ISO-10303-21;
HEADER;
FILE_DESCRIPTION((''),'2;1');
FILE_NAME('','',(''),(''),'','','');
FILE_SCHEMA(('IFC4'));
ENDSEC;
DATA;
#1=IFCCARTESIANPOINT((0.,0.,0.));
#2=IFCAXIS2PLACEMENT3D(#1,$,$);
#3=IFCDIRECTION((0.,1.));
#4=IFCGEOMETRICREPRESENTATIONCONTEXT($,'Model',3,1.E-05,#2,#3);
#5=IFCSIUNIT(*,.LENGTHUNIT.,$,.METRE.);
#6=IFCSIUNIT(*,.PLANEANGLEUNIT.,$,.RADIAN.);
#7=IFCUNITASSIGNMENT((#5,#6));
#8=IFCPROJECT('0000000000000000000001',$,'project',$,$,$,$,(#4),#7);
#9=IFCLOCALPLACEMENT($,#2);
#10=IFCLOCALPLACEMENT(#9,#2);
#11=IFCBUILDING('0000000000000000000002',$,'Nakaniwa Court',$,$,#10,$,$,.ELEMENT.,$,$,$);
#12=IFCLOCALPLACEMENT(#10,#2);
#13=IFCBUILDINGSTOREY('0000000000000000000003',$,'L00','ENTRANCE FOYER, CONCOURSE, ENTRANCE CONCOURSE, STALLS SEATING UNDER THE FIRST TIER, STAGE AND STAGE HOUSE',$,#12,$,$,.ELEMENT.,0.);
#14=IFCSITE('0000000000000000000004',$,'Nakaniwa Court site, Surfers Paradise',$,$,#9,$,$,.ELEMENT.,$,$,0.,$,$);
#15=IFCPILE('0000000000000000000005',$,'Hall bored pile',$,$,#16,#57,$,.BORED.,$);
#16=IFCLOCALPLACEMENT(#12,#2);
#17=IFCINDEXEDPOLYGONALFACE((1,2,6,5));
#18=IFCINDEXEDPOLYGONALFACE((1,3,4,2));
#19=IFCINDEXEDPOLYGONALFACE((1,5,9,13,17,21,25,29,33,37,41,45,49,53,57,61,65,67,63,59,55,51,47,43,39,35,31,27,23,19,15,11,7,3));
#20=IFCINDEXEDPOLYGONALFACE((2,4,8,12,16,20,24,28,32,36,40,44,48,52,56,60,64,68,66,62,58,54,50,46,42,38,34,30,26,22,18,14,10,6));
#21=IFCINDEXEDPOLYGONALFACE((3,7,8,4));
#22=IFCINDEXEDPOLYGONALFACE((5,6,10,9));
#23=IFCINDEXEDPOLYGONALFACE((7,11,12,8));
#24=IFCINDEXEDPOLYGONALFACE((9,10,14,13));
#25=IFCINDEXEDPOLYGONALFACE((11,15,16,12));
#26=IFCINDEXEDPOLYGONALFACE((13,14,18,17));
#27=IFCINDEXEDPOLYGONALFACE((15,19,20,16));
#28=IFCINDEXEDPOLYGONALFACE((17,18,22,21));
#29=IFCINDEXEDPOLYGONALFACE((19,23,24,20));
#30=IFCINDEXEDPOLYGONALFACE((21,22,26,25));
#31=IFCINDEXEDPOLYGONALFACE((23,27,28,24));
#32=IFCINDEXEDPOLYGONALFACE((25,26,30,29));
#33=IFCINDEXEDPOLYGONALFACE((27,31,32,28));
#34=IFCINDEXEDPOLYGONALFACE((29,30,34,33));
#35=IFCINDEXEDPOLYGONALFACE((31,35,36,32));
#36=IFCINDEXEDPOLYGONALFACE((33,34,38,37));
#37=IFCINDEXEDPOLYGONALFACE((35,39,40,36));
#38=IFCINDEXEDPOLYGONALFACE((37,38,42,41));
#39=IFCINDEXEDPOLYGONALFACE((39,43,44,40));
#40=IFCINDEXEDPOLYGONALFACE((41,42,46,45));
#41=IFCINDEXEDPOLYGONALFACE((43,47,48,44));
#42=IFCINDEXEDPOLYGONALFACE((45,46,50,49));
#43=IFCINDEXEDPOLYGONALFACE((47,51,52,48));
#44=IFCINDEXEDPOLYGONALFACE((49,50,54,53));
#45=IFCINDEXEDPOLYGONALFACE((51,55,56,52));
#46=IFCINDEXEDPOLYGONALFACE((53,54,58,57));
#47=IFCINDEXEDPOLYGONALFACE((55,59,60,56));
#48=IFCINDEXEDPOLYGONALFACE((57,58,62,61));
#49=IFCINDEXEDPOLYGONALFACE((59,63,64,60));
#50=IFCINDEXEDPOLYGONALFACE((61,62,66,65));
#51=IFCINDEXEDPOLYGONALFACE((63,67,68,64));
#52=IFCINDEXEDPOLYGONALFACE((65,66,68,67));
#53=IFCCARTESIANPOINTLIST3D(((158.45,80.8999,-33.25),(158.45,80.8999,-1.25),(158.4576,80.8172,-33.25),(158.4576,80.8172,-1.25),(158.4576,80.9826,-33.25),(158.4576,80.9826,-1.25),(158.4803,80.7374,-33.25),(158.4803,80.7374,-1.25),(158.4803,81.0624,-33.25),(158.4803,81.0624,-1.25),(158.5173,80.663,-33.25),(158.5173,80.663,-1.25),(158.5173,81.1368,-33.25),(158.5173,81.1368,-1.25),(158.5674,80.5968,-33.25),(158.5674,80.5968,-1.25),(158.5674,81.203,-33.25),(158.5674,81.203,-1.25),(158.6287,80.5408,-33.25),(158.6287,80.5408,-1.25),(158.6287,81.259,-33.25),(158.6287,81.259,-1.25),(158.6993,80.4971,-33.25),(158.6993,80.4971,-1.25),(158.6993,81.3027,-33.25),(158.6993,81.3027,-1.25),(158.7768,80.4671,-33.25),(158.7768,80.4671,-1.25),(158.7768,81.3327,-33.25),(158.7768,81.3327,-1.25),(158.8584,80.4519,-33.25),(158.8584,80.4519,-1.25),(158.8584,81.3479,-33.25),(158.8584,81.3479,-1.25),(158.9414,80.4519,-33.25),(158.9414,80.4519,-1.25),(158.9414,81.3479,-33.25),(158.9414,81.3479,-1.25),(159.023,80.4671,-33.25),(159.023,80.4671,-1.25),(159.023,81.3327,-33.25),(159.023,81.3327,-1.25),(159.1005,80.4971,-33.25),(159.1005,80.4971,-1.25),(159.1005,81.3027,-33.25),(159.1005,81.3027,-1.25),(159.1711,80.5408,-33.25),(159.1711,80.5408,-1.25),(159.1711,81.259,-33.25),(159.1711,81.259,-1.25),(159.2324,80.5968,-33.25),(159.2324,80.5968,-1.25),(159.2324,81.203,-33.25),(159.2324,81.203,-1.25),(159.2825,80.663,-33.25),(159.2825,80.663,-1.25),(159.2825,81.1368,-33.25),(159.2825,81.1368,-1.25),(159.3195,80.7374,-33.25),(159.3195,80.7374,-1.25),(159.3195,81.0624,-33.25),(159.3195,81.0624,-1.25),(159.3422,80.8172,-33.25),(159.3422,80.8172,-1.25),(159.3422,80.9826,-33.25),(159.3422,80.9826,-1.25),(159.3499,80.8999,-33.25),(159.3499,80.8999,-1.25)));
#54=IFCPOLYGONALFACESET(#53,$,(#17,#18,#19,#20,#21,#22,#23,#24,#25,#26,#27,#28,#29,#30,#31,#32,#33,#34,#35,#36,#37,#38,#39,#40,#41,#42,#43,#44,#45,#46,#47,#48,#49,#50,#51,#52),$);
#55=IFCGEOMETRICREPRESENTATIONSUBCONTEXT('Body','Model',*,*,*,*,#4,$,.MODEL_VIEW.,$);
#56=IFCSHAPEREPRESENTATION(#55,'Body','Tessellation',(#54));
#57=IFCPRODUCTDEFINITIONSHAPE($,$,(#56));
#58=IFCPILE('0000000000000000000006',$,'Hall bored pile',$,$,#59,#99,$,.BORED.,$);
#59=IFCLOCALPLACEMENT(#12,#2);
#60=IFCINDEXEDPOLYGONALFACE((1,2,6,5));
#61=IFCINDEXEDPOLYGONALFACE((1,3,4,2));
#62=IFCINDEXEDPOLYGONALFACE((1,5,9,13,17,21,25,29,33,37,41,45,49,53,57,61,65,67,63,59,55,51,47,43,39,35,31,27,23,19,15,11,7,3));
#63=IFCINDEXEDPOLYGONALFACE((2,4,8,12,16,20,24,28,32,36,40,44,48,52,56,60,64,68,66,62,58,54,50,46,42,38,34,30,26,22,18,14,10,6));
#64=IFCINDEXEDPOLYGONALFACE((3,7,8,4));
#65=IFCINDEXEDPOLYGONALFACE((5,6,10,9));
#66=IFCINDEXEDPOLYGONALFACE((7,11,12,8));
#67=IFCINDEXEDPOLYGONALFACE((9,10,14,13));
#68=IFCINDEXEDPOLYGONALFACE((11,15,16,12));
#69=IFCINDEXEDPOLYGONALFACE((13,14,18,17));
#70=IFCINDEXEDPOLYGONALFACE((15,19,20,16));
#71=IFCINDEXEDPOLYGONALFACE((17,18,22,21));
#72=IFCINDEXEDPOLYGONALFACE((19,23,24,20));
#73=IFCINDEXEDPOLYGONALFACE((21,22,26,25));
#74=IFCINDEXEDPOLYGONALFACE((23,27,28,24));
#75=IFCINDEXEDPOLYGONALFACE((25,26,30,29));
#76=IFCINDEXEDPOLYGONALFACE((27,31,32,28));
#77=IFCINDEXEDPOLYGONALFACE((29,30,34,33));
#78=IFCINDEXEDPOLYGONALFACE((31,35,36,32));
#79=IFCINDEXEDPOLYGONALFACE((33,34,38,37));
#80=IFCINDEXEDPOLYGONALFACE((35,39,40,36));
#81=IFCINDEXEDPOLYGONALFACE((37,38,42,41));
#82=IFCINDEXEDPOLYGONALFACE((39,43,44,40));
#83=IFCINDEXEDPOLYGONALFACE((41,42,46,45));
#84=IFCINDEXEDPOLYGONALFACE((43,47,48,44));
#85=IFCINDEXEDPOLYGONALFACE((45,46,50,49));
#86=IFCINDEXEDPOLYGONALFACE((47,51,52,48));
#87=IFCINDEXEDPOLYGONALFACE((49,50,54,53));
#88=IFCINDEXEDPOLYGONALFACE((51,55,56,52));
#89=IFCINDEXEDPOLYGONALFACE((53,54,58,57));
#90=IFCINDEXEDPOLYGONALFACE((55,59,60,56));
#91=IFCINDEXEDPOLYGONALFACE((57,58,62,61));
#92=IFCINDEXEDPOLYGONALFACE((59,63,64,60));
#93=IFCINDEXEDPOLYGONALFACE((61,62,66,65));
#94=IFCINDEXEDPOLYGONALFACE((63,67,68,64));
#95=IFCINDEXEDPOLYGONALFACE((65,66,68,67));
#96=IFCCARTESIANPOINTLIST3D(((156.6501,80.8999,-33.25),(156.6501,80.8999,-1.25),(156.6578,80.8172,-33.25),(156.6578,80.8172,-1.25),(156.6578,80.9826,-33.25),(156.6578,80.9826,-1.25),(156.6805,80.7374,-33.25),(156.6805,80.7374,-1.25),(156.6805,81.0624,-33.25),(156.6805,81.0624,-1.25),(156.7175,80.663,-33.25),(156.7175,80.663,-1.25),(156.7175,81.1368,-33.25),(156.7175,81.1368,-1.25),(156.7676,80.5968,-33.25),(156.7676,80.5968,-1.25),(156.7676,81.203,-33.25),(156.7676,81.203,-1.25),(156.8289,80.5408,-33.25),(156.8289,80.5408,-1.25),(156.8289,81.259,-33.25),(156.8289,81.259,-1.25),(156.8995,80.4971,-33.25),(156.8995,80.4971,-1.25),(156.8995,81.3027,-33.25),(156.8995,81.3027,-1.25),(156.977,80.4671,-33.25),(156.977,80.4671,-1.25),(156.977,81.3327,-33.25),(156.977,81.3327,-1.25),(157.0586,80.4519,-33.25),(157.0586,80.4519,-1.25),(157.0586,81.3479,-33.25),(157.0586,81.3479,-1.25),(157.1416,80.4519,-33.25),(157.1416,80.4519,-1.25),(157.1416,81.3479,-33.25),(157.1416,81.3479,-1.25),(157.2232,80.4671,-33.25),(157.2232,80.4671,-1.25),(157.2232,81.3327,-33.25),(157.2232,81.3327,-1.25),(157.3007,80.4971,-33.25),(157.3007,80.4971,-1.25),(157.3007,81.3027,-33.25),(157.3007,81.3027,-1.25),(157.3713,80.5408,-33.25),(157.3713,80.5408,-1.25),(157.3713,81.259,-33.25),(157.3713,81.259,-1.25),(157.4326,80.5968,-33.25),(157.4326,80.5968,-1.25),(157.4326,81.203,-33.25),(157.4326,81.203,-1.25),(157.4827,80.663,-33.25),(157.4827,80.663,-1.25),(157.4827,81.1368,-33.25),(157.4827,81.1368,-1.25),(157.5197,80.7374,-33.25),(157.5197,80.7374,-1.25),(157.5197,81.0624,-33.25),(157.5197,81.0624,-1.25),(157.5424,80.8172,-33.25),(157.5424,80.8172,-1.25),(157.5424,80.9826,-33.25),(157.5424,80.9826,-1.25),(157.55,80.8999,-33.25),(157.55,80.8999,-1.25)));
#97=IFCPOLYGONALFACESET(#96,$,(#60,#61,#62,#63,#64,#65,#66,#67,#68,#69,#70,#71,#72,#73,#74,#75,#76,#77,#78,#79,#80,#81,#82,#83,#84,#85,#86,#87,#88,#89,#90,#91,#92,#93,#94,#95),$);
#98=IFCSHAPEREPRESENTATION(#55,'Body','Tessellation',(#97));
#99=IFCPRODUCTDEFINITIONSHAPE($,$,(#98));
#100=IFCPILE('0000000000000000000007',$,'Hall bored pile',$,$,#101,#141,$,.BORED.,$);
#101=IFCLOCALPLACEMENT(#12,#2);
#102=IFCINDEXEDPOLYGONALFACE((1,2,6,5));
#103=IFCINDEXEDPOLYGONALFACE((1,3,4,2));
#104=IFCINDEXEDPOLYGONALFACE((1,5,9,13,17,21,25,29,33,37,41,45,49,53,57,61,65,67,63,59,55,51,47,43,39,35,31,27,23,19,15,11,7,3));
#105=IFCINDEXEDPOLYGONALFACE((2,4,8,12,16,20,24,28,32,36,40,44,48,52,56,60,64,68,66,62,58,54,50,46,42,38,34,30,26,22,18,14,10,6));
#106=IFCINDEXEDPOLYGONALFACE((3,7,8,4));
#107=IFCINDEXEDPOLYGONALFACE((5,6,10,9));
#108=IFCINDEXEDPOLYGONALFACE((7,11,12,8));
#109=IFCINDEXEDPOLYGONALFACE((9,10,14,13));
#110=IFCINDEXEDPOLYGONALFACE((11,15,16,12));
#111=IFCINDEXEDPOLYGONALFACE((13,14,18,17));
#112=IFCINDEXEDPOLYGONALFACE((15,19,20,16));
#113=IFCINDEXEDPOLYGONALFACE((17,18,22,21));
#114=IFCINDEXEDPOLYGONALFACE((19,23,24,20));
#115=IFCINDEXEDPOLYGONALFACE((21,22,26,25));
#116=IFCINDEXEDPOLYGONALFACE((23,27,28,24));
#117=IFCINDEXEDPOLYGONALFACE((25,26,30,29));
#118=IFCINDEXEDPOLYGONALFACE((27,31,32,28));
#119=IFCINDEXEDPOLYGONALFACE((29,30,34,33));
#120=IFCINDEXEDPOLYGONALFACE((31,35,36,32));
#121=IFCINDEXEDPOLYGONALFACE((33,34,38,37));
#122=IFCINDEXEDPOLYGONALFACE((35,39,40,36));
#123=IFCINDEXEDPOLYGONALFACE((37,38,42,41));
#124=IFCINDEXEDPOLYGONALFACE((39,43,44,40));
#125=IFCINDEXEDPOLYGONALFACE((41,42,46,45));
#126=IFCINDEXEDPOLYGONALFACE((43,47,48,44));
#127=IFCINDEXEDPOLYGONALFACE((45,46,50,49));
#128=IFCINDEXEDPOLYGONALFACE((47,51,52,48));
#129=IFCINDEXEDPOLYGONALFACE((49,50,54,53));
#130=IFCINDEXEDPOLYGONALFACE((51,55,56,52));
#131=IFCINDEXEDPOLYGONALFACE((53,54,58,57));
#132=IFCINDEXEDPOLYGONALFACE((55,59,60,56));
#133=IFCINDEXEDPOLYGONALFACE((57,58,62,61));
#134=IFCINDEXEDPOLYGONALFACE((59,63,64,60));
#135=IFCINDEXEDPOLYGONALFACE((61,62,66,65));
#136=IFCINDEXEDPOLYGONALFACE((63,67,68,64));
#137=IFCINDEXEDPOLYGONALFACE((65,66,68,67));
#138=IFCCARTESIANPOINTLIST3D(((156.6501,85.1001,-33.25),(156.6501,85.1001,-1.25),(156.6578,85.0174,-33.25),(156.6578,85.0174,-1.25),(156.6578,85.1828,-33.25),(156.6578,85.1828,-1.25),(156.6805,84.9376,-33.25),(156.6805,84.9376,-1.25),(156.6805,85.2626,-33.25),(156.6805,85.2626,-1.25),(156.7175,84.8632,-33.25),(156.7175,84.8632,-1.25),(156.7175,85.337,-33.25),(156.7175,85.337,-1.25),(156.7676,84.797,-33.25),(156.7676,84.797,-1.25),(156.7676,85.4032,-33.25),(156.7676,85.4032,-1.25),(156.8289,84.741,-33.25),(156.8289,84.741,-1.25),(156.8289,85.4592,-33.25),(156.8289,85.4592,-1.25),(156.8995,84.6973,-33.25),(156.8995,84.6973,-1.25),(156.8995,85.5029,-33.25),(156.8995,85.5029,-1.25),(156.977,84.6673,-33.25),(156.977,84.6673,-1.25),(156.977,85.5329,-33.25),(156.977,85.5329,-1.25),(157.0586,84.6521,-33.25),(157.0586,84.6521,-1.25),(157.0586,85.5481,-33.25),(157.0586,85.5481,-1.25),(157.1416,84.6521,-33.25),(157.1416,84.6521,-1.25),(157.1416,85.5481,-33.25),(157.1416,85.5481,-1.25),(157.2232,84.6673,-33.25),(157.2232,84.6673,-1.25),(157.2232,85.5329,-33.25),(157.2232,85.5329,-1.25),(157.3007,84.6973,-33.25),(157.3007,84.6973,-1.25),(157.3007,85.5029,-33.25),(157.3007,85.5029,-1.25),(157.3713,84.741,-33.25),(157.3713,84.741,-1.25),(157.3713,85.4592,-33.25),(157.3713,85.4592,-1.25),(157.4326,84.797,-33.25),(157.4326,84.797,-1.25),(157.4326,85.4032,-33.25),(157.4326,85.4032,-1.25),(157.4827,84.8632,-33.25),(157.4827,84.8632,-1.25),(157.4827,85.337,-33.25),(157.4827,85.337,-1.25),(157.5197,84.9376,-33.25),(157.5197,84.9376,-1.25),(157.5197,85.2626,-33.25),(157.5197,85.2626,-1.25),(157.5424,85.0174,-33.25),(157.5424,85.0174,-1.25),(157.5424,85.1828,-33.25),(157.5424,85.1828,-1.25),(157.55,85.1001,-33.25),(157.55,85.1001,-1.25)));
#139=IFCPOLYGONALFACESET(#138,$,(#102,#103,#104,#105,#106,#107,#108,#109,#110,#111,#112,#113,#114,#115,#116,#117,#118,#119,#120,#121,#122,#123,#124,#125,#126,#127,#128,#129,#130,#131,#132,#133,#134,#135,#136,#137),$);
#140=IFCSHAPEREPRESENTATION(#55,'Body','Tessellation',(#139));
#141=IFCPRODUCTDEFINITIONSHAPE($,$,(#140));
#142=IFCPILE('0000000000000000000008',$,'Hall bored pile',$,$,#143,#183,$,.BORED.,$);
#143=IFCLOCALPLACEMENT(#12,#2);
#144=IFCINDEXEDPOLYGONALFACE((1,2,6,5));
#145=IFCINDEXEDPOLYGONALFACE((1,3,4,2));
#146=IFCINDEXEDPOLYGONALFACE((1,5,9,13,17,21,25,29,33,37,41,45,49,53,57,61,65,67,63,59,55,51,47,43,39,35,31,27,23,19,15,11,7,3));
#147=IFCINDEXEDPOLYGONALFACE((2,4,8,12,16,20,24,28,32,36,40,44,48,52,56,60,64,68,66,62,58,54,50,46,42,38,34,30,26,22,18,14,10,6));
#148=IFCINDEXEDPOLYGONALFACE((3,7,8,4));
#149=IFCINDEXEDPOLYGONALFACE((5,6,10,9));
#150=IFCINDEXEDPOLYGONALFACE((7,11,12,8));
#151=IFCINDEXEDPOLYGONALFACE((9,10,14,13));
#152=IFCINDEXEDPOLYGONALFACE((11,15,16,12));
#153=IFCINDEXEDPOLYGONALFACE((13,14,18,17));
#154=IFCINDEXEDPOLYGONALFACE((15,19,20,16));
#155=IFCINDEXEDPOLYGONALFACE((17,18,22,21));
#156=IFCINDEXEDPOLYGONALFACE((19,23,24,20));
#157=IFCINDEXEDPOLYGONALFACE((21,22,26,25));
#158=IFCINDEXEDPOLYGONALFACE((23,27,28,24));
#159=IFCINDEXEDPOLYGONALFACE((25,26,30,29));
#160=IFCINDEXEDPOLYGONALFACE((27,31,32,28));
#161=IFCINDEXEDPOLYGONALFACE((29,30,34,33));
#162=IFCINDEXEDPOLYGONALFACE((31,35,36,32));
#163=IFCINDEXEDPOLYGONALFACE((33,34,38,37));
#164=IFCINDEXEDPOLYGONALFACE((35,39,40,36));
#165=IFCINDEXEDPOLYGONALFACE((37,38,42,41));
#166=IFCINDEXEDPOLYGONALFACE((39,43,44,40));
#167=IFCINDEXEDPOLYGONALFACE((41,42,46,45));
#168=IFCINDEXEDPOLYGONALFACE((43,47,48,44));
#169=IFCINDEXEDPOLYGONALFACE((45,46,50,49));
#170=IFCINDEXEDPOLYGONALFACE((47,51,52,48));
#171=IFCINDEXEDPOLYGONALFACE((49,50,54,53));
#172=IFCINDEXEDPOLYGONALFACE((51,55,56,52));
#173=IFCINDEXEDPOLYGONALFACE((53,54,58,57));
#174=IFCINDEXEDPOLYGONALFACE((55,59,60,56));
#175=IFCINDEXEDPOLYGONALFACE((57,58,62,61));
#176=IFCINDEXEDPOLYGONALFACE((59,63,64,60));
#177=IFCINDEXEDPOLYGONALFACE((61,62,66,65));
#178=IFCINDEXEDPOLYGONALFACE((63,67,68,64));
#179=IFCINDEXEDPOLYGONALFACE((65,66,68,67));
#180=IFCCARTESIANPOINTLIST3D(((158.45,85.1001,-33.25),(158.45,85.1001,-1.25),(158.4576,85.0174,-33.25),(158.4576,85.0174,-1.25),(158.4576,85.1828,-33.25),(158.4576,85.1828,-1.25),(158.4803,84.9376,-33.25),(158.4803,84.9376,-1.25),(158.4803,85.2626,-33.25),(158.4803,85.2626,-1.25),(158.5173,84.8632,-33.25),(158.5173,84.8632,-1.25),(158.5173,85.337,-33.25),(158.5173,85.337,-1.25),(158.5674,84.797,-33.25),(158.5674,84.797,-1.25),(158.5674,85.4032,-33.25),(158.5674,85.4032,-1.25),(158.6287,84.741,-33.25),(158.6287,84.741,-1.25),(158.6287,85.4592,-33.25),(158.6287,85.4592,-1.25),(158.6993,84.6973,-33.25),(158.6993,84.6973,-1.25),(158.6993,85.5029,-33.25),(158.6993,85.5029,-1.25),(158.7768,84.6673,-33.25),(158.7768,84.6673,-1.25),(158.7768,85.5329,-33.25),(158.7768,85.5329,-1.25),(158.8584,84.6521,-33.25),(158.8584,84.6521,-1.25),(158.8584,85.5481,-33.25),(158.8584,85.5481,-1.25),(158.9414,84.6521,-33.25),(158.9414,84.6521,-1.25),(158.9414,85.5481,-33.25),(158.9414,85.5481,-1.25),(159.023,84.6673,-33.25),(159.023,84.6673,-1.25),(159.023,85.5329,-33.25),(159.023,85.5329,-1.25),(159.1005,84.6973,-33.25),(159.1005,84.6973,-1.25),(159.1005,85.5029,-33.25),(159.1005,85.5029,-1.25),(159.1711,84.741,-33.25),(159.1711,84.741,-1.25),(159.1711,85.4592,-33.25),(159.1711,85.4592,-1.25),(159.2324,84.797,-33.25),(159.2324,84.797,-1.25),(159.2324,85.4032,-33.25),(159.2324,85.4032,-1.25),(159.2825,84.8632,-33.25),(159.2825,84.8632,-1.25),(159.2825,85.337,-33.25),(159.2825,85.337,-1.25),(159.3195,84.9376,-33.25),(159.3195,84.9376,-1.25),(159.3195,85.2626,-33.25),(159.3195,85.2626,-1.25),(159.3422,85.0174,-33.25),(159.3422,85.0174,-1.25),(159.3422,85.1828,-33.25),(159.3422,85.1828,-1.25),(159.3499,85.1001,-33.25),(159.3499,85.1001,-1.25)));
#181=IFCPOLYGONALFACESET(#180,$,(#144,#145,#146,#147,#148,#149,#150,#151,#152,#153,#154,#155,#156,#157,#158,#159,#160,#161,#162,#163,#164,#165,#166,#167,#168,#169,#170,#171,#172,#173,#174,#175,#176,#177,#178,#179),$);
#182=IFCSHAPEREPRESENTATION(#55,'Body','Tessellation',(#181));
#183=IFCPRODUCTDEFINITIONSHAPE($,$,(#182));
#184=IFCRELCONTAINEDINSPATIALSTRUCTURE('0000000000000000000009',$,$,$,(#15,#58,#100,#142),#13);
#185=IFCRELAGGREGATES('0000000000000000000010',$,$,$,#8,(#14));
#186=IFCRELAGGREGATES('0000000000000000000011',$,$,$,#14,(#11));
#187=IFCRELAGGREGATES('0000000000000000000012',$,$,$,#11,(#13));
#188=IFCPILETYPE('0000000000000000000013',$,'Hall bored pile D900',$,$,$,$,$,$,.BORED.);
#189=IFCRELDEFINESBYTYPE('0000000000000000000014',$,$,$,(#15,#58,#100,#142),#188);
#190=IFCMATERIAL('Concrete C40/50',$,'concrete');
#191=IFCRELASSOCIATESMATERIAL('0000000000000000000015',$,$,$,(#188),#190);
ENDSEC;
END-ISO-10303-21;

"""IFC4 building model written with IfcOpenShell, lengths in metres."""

from ifc_helpers import new_model, si_unit, direction, frame, origin, origin_2d, place, context, subcontext, project, spatial, circle, extrude, material, material_profile, profile_set, type_object, element, save


model = new_model("IFC4")

# Units and contexts
model_context = context("Model", 3, precision=1e-05, world=origin(), true_north=direction((0.0, 1.0)))
body_context = subcontext(model_context, "Body", "Model", "MODEL_VIEW")
ifc_project = project(units=[si_unit("LENGTHUNIT", "METRE"), si_unit("PLANEANGLEUNIT", "RADIAN")], contexts=[model_context])

# Site, building, storey
site_placement = place(None, origin())
site = spatial("IfcSite", under=ifc_project, at=site_placement, Name="Nakaniwa Court site, Surfers Paradise", CompositionType="ELEMENT", RefElevation=0.0)
building_placement = place(site_placement, origin())
building = spatial("IfcBuilding", under=site, at=building_placement, Name="Nakaniwa Court", CompositionType="ELEMENT")
storey_placement = place(building_placement, origin())
storey = spatial("IfcBuildingStorey", under=building, at=storey_placement, Name="L00", Description="ENTRANCE FOYER, CONCOURSE, ENTRANCE CONCOURSE, STALLS SEATING UNDER THE FIRST TIER, STAGE AND STAGE HOUSE", CompositionType="ELEMENT", Elevation=0.0)

# Piles
ifc_material_1 = material(Name="Concrete C40/50", Category="concrete")
ifc_material_profile_1 = material_profile(ifc_material_1, circle(Radius=0.45, at=origin_2d()), Name="Bored pile D900")
ifc_profile_set_1 = profile_set([ifc_material_profile_1], Name="Concrete C40/50")
pile_type = type_object("IfcPileType", Name="Hall bored pile D900", PredefinedType="BORED", material=ifc_profile_set_1)
for number, where, z_axis, x_axis, name in (
    (1, (158.8999, 80.8999, -1.25), (0.0, 0.0, -1.0), (1.0, 0.0, 0.0), "Hall bored pile"),
    (2, (157.1001, 80.8999, -1.25), (0.0, 0.0, -1.0), (1.0, 0.0, 0.0), "Hall bored pile"),
    (3, (157.1001, 85.1001, -1.25), (0.0, 0.0, -1.0), (1.0, 0.0, 0.0), "Hall bored pile"),
    (4, (158.8999, 85.1001, -1.25), (0.0, 0.0, -1.0), (1.0, 0.0, 0.0), "Hall bored pile"),
):
    element("IfcPile", number, at=place(storey_placement, frame(where, z_axis=z_axis, x_axis=x_axis)), inside=storey, type_object=pile_type, Name=name, PredefinedType="BORED", context=body_context, shape_type="SweptSolid", body=[
        extrude(circle(Radius=0.45, at=origin_2d()), origin(), (0.0, 0.0, 1.0), 32.0),
    ])

save(model, "model.ifc")
